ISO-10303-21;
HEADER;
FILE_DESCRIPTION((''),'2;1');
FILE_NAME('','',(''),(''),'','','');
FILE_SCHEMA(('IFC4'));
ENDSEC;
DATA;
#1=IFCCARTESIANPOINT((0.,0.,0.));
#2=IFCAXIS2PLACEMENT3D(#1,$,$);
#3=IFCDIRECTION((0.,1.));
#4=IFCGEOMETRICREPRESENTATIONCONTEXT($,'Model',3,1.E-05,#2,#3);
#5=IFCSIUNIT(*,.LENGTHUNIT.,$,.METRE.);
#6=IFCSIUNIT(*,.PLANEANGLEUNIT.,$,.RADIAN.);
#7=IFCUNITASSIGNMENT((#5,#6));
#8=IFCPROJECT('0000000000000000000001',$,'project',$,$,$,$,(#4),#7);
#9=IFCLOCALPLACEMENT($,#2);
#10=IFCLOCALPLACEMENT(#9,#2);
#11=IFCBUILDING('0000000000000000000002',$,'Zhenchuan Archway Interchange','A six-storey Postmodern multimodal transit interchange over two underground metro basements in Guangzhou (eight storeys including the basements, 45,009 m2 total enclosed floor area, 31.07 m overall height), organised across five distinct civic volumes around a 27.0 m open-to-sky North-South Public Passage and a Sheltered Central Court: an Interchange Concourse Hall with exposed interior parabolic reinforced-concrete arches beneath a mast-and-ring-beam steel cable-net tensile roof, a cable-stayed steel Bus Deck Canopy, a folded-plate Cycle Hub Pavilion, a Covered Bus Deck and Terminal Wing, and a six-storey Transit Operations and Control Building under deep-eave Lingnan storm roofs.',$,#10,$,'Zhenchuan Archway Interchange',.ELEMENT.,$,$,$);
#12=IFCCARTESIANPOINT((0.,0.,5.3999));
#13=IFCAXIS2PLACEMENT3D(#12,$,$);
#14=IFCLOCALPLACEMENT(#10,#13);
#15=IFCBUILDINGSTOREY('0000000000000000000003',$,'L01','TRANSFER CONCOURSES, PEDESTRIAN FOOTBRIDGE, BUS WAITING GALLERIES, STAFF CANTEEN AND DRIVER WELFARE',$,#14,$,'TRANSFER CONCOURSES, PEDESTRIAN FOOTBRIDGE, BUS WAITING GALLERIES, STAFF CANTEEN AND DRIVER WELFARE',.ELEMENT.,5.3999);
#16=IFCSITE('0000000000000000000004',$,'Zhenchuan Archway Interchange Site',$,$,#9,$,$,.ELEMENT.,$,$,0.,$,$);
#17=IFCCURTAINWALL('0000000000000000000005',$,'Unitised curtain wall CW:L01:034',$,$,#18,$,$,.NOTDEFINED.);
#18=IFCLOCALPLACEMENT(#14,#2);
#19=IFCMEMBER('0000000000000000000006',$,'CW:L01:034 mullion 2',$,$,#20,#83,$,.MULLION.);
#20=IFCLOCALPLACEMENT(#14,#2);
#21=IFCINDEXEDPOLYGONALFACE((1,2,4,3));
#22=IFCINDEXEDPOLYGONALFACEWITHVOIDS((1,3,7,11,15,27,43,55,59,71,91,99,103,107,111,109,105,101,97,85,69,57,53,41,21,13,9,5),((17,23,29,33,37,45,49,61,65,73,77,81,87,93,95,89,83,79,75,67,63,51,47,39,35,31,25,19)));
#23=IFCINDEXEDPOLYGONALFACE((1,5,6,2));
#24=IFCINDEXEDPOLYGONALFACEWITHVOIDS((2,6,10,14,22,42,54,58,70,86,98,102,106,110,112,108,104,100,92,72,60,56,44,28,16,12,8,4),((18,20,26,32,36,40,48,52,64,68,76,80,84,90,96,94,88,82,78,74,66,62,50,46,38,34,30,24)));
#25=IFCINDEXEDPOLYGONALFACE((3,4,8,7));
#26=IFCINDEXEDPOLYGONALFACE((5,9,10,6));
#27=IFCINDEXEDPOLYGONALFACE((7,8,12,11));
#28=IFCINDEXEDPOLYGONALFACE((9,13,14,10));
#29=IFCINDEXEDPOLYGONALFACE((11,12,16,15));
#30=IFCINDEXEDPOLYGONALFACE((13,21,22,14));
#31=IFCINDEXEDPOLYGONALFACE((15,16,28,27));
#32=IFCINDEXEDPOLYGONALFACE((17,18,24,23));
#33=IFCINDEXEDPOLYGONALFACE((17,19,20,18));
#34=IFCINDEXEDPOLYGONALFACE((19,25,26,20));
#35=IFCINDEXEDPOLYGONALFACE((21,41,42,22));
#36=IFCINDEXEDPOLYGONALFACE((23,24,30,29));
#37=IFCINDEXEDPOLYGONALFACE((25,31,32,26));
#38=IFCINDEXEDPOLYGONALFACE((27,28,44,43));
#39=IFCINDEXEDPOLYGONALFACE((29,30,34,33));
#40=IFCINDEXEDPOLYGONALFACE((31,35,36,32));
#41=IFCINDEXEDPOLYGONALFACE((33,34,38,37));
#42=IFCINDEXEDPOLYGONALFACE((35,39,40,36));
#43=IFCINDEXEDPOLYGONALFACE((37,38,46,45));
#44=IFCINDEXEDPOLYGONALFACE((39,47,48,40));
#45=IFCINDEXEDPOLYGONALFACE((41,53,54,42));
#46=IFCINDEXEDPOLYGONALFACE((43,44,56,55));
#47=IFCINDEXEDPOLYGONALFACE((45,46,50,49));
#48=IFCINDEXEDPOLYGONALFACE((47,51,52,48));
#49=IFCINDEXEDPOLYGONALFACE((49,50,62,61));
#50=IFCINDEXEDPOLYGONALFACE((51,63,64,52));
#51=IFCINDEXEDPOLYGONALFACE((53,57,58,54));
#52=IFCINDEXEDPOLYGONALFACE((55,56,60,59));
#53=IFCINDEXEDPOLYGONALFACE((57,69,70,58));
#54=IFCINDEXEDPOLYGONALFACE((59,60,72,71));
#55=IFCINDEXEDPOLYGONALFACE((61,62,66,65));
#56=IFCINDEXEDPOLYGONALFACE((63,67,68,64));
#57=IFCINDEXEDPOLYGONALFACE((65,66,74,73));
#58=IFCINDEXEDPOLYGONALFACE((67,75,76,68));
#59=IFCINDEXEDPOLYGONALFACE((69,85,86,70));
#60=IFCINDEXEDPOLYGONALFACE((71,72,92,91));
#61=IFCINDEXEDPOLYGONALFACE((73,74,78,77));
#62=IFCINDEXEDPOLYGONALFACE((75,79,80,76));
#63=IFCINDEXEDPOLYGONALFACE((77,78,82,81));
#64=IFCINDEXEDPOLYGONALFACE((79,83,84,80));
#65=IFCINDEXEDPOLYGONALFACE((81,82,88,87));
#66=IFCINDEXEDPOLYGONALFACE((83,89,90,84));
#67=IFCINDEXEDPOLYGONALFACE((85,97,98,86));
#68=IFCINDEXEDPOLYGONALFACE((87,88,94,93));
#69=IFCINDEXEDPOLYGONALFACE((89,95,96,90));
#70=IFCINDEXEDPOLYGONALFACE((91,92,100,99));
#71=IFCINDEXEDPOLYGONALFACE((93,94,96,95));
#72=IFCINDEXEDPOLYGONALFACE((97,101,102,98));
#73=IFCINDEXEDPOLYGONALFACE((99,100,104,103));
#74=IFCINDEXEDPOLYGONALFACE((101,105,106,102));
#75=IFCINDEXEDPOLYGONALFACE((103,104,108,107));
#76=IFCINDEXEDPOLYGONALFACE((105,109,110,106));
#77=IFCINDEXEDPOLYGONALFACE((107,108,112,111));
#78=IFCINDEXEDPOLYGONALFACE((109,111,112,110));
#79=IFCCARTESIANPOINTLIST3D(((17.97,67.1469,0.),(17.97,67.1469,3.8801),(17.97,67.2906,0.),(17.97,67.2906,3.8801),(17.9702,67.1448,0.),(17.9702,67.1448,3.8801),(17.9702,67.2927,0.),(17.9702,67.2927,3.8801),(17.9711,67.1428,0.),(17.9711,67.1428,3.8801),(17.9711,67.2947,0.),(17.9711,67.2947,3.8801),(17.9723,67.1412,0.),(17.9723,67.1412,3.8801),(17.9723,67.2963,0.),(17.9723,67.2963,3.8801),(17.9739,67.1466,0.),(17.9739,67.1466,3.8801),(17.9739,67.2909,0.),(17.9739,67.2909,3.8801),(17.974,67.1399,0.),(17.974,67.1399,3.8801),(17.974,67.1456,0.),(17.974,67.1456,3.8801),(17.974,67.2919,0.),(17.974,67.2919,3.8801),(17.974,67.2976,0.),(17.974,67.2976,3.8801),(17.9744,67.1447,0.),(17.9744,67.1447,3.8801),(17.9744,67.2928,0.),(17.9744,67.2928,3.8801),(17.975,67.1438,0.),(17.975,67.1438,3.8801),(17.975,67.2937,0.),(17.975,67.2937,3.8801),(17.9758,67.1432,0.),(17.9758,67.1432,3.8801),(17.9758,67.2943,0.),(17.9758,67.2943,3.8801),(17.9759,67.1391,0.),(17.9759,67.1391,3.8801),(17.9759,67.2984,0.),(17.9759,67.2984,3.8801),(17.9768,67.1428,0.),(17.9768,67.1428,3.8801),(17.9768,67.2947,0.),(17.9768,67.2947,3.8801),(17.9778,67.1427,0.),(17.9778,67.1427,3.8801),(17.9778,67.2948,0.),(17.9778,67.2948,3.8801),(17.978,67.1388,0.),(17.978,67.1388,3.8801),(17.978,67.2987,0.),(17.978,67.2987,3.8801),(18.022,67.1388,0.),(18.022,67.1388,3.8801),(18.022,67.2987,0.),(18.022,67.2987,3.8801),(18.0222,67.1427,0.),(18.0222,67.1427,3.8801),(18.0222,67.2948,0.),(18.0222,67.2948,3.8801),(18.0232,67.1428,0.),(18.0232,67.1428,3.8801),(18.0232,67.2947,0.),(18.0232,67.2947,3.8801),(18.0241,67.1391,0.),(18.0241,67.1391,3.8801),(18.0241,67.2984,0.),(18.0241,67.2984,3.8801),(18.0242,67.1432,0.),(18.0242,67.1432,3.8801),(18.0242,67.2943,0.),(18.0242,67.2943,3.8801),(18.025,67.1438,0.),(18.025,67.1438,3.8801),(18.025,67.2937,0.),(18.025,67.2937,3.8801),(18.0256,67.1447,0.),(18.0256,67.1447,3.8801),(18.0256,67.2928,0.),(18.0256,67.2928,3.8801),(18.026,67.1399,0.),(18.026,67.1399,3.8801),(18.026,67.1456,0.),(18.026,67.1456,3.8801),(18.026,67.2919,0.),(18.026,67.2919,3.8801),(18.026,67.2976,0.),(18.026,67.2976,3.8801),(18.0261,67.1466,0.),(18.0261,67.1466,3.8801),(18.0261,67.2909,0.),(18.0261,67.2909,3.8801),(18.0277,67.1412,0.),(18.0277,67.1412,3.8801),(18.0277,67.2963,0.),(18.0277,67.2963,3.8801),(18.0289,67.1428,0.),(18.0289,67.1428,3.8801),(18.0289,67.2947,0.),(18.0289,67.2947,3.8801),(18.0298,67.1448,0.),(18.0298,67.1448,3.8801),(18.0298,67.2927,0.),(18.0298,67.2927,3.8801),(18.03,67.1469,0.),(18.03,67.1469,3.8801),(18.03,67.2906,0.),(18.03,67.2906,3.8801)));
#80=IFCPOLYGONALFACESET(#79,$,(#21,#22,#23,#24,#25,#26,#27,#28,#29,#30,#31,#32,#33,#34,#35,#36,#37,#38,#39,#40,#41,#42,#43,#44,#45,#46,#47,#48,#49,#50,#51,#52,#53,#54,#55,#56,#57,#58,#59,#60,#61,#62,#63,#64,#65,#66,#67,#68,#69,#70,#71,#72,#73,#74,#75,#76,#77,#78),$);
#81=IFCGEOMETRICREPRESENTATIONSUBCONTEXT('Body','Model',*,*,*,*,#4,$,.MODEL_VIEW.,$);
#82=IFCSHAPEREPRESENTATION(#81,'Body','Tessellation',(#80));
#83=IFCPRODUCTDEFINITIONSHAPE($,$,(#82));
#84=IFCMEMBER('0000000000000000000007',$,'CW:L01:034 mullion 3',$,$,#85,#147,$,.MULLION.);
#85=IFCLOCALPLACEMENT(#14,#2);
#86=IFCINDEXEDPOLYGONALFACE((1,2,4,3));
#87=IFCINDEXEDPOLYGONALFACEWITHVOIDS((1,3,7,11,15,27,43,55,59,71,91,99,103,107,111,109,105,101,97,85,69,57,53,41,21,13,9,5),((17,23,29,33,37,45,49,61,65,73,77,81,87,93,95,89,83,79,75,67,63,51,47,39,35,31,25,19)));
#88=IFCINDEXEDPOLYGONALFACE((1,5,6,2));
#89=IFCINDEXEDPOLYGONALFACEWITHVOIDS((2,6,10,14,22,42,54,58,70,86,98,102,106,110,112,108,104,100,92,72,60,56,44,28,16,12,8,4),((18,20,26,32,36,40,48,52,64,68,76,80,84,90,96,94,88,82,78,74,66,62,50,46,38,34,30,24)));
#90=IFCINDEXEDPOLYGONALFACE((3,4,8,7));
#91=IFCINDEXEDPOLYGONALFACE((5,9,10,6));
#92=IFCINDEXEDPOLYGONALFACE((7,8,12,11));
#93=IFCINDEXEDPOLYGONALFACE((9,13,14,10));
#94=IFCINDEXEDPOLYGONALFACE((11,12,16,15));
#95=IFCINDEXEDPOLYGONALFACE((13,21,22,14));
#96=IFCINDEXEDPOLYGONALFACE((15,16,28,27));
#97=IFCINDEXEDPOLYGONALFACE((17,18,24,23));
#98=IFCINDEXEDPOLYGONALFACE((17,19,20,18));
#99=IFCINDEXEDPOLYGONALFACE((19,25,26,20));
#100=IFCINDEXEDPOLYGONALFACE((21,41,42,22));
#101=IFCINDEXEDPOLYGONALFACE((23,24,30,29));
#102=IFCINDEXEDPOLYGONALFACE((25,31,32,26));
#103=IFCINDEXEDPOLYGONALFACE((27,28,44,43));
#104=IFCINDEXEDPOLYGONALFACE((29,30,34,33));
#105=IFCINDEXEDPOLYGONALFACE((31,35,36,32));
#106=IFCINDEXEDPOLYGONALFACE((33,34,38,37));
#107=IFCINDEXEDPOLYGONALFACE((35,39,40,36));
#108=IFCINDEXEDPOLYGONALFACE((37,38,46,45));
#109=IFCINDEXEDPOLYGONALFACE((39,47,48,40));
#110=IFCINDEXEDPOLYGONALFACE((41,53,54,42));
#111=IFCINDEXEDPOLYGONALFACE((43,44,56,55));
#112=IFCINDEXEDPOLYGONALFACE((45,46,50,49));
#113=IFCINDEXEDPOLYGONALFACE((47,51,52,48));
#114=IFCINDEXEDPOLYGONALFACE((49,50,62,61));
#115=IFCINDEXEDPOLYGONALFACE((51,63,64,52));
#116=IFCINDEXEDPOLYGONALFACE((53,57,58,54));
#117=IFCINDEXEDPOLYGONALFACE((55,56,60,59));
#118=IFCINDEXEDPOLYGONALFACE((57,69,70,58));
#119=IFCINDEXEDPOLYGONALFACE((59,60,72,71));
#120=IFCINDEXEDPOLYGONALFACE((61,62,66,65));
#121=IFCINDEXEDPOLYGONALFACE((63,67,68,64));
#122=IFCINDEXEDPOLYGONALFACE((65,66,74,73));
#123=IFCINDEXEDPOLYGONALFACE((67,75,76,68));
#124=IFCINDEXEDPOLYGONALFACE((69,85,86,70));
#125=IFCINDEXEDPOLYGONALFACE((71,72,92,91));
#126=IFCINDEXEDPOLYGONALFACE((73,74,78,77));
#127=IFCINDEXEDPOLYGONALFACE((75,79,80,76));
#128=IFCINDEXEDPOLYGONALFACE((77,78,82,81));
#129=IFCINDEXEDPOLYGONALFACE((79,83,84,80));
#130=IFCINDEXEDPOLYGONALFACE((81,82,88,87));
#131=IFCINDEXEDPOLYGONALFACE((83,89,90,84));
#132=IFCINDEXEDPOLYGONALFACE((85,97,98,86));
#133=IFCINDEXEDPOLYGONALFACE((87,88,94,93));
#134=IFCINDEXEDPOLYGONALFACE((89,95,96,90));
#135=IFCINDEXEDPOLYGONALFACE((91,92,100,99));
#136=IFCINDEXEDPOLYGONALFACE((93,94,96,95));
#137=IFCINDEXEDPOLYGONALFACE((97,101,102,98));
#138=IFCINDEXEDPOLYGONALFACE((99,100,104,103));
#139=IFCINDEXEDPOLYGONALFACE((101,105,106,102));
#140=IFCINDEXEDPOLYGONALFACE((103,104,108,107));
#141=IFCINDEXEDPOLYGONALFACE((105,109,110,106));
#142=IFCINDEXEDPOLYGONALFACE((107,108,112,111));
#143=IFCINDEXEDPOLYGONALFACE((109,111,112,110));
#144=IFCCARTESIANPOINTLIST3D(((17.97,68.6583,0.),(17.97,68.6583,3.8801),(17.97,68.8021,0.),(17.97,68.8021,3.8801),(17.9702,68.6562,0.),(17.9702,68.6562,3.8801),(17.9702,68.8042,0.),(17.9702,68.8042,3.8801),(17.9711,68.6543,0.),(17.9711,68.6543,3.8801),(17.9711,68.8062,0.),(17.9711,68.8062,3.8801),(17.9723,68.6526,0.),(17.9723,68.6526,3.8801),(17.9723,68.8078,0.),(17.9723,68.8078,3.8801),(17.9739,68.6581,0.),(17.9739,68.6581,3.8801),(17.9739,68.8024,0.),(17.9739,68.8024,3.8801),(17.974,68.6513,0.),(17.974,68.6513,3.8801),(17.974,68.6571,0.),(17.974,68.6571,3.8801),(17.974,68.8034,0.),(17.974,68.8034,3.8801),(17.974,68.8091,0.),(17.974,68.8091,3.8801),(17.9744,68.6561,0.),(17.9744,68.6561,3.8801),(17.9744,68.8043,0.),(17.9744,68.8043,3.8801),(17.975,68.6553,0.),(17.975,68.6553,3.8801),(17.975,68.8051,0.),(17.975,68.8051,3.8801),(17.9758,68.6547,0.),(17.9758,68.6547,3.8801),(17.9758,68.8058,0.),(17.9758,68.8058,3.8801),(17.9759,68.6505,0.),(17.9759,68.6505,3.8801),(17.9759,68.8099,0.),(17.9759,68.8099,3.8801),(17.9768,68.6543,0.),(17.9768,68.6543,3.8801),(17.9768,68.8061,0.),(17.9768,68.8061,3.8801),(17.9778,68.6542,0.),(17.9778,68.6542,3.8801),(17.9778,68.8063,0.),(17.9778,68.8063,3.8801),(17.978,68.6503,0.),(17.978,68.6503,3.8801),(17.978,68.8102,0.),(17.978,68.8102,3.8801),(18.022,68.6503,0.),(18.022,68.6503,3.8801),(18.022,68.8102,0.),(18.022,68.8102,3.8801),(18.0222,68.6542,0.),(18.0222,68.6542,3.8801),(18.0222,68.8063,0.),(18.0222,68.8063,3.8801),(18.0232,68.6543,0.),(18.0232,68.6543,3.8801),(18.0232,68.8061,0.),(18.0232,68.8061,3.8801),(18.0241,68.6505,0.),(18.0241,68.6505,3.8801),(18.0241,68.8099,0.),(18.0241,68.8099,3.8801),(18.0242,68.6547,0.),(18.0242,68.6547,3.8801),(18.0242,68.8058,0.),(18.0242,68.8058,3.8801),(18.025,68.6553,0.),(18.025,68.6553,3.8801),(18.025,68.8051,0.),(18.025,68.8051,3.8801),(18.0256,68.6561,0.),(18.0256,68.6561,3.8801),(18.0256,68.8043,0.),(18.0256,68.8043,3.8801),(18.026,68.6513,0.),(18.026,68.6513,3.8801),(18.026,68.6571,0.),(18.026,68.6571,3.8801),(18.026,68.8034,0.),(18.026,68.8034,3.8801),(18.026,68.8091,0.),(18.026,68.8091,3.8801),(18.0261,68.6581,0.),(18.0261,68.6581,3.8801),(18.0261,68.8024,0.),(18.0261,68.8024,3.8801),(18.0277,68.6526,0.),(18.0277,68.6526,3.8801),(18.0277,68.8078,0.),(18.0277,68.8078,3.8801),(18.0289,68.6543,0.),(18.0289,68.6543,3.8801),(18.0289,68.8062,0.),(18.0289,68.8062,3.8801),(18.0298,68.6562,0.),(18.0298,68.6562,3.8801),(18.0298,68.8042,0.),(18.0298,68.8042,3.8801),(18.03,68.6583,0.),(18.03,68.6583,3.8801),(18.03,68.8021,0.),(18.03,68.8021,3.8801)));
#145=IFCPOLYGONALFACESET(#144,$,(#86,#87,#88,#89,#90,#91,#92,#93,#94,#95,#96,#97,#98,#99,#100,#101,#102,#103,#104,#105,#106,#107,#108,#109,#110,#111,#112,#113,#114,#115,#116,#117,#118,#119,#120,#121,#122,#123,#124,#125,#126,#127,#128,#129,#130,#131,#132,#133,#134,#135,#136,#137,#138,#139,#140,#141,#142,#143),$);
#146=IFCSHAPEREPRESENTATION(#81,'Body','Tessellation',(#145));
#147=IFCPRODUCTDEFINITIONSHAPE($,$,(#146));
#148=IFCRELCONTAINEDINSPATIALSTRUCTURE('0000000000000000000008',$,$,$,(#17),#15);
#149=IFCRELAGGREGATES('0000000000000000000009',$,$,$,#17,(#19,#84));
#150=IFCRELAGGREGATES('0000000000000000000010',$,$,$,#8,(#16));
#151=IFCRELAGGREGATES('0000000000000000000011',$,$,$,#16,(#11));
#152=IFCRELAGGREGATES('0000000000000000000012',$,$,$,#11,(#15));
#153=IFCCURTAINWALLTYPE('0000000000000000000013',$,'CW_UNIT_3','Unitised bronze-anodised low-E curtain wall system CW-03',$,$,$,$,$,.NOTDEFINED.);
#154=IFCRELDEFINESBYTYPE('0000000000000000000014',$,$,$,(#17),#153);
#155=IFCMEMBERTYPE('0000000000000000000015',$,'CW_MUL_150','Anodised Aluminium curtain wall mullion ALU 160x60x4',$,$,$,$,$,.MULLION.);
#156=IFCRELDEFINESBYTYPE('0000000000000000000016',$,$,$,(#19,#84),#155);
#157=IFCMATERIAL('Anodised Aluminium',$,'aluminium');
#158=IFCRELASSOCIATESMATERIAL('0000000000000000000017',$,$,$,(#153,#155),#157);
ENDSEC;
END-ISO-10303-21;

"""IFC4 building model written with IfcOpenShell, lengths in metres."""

from ifc_helpers import new_model, si_unit, direction, frame, origin, origin_2d, place, context, subcontext, project, spatial, hollow_rectangle, extrude, material, material_profile, profile_set, type_object, element, aggregate, save


model = new_model("IFC4")

# Units and contexts
model_context = context("Model", 3, precision=1e-05, world=origin(), true_north=direction((0.0, 1.0)))
body_context = subcontext(model_context, "Body", "Model", "MODEL_VIEW")
ifc_project = project(units=[si_unit("LENGTHUNIT", "METRE"), si_unit("PLANEANGLEUNIT", "RADIAN")], contexts=[model_context])

# Site, building, storey
site_placement = place(None, origin())
site = spatial("IfcSite", under=ifc_project, at=site_placement, Name="Zhenchuan Archway Interchange Site", CompositionType="ELEMENT", RefElevation=0.0)
building_placement = place(site_placement, origin())
building = spatial("IfcBuilding", under=site, at=building_placement, Name="Zhenchuan Archway Interchange", Description="A six-storey Postmodern multimodal transit interchange over two underground metro basements in Guangzhou (eight storeys including the basements, 45,009 m2 total enclosed floor area, 31.07 m overall height), organised across five distinct civic volumes around a 27.0 m open-to-sky North-South Public Passage and a Sheltered Central Court: an Interchange Concourse Hall with exposed interior parabolic reinforced-concrete arches beneath a mast-and-ring-beam steel cable-net tensile roof, a cable-stayed steel Bus Deck Canopy, a folded-plate Cycle Hub Pavilion, a Covered Bus Deck and Terminal Wing, and a six-storey Transit Operations and Control Building under deep-eave Lingnan storm roofs.", LongName="Zhenchuan Archway Interchange", CompositionType="ELEMENT")
storey_placement = place(building_placement, frame((0.0, 0.0, 5.3999)))
storey = spatial("IfcBuildingStorey", under=building, at=storey_placement, Name="L01", Description="TRANSFER CONCOURSES, PEDESTRIAN FOOTBRIDGE, BUS WAITING GALLERIES, STAFF CANTEEN AND DRIVER WELFARE", LongName="TRANSFER CONCOURSES, PEDESTRIAN FOOTBRIDGE, BUS WAITING GALLERIES, STAFF CANTEEN AND DRIVER WELFARE", CompositionType="ELEMENT", Elevation=5.3999)

# Curtain wall, members
ifc_material_1 = material(Name="Anodised Aluminium", Category="aluminium")
curtain_wall_type_1 = type_object("IfcCurtainWallType", Name="CW_UNIT_3", Description="Unitised bronze-anodised low-E curtain wall system CW-03", PredefinedType="NOTDEFINED", material=ifc_material_1)
curtain_wall_1_placement = place(storey_placement, origin())
curtain_wall_1 = element("IfcCurtainWall", 1, at=curtain_wall_1_placement, inside=storey, type_object=curtain_wall_type_1, Name="Unitised curtain wall CW:L01:034", PredefinedType="NOTDEFINED")
ifc_material_profile_1 = material_profile(ifc_material_1, hollow_rectangle(XDim=0.0601, YDim=0.1599, WallThickness=0.0039, InnerFilletRadius=0.0039, OuterFilletRadius=0.0081, at=origin_2d()), Name="ALU 160x60x4")
ifc_profile_set_1 = profile_set([ifc_material_profile_1], Name="Anodised Aluminium")
member_type_1 = type_object("IfcMemberType", Name="CW_MUL_150", Description="Anodised Aluminium curtain wall mullion ALU 160x60x4", PredefinedType="MULLION", material=ifc_profile_set_1)
member_1_placement = place(storey_placement, frame((18.0, 67.2188, 0.0), z_axis=(0.0, 0.0, 1.0), x_axis=(1.0, 0.0, 0.0)))
member_1 = element("IfcMember", 2, at=member_1_placement, type_object=member_type_1, Name="CW:L01:034 mullion 2", PredefinedType="MULLION", context=body_context, shape_type="SweptSolid", body=[
    extrude(hollow_rectangle(XDim=0.0601, YDim=0.1599, WallThickness=0.0039, InnerFilletRadius=0.0039, OuterFilletRadius=0.0081, at=origin_2d()), origin(), (0.0, 0.0, 1.0), 3.8801),
])
member_2_placement = place(storey_placement, frame((18.0, 68.7302, 0.0), z_axis=(0.0, 0.0, 1.0), x_axis=(1.0, 0.0, 0.0)))
member_2 = element("IfcMember", 3, at=member_2_placement, type_object=member_type_1, Name="CW:L01:034 mullion 3", PredefinedType="MULLION", context=body_context, shape_type="SweptSolid", body=[
    extrude(hollow_rectangle(XDim=0.0601, YDim=0.1599, WallThickness=0.0039, InnerFilletRadius=0.0039, OuterFilletRadius=0.0081, at=origin_2d()), origin(), (0.0, 0.0, 1.0), 3.8801),
])

aggregate(curtain_wall_1, [member_1, member_2])

save(model, "model.ifc")
